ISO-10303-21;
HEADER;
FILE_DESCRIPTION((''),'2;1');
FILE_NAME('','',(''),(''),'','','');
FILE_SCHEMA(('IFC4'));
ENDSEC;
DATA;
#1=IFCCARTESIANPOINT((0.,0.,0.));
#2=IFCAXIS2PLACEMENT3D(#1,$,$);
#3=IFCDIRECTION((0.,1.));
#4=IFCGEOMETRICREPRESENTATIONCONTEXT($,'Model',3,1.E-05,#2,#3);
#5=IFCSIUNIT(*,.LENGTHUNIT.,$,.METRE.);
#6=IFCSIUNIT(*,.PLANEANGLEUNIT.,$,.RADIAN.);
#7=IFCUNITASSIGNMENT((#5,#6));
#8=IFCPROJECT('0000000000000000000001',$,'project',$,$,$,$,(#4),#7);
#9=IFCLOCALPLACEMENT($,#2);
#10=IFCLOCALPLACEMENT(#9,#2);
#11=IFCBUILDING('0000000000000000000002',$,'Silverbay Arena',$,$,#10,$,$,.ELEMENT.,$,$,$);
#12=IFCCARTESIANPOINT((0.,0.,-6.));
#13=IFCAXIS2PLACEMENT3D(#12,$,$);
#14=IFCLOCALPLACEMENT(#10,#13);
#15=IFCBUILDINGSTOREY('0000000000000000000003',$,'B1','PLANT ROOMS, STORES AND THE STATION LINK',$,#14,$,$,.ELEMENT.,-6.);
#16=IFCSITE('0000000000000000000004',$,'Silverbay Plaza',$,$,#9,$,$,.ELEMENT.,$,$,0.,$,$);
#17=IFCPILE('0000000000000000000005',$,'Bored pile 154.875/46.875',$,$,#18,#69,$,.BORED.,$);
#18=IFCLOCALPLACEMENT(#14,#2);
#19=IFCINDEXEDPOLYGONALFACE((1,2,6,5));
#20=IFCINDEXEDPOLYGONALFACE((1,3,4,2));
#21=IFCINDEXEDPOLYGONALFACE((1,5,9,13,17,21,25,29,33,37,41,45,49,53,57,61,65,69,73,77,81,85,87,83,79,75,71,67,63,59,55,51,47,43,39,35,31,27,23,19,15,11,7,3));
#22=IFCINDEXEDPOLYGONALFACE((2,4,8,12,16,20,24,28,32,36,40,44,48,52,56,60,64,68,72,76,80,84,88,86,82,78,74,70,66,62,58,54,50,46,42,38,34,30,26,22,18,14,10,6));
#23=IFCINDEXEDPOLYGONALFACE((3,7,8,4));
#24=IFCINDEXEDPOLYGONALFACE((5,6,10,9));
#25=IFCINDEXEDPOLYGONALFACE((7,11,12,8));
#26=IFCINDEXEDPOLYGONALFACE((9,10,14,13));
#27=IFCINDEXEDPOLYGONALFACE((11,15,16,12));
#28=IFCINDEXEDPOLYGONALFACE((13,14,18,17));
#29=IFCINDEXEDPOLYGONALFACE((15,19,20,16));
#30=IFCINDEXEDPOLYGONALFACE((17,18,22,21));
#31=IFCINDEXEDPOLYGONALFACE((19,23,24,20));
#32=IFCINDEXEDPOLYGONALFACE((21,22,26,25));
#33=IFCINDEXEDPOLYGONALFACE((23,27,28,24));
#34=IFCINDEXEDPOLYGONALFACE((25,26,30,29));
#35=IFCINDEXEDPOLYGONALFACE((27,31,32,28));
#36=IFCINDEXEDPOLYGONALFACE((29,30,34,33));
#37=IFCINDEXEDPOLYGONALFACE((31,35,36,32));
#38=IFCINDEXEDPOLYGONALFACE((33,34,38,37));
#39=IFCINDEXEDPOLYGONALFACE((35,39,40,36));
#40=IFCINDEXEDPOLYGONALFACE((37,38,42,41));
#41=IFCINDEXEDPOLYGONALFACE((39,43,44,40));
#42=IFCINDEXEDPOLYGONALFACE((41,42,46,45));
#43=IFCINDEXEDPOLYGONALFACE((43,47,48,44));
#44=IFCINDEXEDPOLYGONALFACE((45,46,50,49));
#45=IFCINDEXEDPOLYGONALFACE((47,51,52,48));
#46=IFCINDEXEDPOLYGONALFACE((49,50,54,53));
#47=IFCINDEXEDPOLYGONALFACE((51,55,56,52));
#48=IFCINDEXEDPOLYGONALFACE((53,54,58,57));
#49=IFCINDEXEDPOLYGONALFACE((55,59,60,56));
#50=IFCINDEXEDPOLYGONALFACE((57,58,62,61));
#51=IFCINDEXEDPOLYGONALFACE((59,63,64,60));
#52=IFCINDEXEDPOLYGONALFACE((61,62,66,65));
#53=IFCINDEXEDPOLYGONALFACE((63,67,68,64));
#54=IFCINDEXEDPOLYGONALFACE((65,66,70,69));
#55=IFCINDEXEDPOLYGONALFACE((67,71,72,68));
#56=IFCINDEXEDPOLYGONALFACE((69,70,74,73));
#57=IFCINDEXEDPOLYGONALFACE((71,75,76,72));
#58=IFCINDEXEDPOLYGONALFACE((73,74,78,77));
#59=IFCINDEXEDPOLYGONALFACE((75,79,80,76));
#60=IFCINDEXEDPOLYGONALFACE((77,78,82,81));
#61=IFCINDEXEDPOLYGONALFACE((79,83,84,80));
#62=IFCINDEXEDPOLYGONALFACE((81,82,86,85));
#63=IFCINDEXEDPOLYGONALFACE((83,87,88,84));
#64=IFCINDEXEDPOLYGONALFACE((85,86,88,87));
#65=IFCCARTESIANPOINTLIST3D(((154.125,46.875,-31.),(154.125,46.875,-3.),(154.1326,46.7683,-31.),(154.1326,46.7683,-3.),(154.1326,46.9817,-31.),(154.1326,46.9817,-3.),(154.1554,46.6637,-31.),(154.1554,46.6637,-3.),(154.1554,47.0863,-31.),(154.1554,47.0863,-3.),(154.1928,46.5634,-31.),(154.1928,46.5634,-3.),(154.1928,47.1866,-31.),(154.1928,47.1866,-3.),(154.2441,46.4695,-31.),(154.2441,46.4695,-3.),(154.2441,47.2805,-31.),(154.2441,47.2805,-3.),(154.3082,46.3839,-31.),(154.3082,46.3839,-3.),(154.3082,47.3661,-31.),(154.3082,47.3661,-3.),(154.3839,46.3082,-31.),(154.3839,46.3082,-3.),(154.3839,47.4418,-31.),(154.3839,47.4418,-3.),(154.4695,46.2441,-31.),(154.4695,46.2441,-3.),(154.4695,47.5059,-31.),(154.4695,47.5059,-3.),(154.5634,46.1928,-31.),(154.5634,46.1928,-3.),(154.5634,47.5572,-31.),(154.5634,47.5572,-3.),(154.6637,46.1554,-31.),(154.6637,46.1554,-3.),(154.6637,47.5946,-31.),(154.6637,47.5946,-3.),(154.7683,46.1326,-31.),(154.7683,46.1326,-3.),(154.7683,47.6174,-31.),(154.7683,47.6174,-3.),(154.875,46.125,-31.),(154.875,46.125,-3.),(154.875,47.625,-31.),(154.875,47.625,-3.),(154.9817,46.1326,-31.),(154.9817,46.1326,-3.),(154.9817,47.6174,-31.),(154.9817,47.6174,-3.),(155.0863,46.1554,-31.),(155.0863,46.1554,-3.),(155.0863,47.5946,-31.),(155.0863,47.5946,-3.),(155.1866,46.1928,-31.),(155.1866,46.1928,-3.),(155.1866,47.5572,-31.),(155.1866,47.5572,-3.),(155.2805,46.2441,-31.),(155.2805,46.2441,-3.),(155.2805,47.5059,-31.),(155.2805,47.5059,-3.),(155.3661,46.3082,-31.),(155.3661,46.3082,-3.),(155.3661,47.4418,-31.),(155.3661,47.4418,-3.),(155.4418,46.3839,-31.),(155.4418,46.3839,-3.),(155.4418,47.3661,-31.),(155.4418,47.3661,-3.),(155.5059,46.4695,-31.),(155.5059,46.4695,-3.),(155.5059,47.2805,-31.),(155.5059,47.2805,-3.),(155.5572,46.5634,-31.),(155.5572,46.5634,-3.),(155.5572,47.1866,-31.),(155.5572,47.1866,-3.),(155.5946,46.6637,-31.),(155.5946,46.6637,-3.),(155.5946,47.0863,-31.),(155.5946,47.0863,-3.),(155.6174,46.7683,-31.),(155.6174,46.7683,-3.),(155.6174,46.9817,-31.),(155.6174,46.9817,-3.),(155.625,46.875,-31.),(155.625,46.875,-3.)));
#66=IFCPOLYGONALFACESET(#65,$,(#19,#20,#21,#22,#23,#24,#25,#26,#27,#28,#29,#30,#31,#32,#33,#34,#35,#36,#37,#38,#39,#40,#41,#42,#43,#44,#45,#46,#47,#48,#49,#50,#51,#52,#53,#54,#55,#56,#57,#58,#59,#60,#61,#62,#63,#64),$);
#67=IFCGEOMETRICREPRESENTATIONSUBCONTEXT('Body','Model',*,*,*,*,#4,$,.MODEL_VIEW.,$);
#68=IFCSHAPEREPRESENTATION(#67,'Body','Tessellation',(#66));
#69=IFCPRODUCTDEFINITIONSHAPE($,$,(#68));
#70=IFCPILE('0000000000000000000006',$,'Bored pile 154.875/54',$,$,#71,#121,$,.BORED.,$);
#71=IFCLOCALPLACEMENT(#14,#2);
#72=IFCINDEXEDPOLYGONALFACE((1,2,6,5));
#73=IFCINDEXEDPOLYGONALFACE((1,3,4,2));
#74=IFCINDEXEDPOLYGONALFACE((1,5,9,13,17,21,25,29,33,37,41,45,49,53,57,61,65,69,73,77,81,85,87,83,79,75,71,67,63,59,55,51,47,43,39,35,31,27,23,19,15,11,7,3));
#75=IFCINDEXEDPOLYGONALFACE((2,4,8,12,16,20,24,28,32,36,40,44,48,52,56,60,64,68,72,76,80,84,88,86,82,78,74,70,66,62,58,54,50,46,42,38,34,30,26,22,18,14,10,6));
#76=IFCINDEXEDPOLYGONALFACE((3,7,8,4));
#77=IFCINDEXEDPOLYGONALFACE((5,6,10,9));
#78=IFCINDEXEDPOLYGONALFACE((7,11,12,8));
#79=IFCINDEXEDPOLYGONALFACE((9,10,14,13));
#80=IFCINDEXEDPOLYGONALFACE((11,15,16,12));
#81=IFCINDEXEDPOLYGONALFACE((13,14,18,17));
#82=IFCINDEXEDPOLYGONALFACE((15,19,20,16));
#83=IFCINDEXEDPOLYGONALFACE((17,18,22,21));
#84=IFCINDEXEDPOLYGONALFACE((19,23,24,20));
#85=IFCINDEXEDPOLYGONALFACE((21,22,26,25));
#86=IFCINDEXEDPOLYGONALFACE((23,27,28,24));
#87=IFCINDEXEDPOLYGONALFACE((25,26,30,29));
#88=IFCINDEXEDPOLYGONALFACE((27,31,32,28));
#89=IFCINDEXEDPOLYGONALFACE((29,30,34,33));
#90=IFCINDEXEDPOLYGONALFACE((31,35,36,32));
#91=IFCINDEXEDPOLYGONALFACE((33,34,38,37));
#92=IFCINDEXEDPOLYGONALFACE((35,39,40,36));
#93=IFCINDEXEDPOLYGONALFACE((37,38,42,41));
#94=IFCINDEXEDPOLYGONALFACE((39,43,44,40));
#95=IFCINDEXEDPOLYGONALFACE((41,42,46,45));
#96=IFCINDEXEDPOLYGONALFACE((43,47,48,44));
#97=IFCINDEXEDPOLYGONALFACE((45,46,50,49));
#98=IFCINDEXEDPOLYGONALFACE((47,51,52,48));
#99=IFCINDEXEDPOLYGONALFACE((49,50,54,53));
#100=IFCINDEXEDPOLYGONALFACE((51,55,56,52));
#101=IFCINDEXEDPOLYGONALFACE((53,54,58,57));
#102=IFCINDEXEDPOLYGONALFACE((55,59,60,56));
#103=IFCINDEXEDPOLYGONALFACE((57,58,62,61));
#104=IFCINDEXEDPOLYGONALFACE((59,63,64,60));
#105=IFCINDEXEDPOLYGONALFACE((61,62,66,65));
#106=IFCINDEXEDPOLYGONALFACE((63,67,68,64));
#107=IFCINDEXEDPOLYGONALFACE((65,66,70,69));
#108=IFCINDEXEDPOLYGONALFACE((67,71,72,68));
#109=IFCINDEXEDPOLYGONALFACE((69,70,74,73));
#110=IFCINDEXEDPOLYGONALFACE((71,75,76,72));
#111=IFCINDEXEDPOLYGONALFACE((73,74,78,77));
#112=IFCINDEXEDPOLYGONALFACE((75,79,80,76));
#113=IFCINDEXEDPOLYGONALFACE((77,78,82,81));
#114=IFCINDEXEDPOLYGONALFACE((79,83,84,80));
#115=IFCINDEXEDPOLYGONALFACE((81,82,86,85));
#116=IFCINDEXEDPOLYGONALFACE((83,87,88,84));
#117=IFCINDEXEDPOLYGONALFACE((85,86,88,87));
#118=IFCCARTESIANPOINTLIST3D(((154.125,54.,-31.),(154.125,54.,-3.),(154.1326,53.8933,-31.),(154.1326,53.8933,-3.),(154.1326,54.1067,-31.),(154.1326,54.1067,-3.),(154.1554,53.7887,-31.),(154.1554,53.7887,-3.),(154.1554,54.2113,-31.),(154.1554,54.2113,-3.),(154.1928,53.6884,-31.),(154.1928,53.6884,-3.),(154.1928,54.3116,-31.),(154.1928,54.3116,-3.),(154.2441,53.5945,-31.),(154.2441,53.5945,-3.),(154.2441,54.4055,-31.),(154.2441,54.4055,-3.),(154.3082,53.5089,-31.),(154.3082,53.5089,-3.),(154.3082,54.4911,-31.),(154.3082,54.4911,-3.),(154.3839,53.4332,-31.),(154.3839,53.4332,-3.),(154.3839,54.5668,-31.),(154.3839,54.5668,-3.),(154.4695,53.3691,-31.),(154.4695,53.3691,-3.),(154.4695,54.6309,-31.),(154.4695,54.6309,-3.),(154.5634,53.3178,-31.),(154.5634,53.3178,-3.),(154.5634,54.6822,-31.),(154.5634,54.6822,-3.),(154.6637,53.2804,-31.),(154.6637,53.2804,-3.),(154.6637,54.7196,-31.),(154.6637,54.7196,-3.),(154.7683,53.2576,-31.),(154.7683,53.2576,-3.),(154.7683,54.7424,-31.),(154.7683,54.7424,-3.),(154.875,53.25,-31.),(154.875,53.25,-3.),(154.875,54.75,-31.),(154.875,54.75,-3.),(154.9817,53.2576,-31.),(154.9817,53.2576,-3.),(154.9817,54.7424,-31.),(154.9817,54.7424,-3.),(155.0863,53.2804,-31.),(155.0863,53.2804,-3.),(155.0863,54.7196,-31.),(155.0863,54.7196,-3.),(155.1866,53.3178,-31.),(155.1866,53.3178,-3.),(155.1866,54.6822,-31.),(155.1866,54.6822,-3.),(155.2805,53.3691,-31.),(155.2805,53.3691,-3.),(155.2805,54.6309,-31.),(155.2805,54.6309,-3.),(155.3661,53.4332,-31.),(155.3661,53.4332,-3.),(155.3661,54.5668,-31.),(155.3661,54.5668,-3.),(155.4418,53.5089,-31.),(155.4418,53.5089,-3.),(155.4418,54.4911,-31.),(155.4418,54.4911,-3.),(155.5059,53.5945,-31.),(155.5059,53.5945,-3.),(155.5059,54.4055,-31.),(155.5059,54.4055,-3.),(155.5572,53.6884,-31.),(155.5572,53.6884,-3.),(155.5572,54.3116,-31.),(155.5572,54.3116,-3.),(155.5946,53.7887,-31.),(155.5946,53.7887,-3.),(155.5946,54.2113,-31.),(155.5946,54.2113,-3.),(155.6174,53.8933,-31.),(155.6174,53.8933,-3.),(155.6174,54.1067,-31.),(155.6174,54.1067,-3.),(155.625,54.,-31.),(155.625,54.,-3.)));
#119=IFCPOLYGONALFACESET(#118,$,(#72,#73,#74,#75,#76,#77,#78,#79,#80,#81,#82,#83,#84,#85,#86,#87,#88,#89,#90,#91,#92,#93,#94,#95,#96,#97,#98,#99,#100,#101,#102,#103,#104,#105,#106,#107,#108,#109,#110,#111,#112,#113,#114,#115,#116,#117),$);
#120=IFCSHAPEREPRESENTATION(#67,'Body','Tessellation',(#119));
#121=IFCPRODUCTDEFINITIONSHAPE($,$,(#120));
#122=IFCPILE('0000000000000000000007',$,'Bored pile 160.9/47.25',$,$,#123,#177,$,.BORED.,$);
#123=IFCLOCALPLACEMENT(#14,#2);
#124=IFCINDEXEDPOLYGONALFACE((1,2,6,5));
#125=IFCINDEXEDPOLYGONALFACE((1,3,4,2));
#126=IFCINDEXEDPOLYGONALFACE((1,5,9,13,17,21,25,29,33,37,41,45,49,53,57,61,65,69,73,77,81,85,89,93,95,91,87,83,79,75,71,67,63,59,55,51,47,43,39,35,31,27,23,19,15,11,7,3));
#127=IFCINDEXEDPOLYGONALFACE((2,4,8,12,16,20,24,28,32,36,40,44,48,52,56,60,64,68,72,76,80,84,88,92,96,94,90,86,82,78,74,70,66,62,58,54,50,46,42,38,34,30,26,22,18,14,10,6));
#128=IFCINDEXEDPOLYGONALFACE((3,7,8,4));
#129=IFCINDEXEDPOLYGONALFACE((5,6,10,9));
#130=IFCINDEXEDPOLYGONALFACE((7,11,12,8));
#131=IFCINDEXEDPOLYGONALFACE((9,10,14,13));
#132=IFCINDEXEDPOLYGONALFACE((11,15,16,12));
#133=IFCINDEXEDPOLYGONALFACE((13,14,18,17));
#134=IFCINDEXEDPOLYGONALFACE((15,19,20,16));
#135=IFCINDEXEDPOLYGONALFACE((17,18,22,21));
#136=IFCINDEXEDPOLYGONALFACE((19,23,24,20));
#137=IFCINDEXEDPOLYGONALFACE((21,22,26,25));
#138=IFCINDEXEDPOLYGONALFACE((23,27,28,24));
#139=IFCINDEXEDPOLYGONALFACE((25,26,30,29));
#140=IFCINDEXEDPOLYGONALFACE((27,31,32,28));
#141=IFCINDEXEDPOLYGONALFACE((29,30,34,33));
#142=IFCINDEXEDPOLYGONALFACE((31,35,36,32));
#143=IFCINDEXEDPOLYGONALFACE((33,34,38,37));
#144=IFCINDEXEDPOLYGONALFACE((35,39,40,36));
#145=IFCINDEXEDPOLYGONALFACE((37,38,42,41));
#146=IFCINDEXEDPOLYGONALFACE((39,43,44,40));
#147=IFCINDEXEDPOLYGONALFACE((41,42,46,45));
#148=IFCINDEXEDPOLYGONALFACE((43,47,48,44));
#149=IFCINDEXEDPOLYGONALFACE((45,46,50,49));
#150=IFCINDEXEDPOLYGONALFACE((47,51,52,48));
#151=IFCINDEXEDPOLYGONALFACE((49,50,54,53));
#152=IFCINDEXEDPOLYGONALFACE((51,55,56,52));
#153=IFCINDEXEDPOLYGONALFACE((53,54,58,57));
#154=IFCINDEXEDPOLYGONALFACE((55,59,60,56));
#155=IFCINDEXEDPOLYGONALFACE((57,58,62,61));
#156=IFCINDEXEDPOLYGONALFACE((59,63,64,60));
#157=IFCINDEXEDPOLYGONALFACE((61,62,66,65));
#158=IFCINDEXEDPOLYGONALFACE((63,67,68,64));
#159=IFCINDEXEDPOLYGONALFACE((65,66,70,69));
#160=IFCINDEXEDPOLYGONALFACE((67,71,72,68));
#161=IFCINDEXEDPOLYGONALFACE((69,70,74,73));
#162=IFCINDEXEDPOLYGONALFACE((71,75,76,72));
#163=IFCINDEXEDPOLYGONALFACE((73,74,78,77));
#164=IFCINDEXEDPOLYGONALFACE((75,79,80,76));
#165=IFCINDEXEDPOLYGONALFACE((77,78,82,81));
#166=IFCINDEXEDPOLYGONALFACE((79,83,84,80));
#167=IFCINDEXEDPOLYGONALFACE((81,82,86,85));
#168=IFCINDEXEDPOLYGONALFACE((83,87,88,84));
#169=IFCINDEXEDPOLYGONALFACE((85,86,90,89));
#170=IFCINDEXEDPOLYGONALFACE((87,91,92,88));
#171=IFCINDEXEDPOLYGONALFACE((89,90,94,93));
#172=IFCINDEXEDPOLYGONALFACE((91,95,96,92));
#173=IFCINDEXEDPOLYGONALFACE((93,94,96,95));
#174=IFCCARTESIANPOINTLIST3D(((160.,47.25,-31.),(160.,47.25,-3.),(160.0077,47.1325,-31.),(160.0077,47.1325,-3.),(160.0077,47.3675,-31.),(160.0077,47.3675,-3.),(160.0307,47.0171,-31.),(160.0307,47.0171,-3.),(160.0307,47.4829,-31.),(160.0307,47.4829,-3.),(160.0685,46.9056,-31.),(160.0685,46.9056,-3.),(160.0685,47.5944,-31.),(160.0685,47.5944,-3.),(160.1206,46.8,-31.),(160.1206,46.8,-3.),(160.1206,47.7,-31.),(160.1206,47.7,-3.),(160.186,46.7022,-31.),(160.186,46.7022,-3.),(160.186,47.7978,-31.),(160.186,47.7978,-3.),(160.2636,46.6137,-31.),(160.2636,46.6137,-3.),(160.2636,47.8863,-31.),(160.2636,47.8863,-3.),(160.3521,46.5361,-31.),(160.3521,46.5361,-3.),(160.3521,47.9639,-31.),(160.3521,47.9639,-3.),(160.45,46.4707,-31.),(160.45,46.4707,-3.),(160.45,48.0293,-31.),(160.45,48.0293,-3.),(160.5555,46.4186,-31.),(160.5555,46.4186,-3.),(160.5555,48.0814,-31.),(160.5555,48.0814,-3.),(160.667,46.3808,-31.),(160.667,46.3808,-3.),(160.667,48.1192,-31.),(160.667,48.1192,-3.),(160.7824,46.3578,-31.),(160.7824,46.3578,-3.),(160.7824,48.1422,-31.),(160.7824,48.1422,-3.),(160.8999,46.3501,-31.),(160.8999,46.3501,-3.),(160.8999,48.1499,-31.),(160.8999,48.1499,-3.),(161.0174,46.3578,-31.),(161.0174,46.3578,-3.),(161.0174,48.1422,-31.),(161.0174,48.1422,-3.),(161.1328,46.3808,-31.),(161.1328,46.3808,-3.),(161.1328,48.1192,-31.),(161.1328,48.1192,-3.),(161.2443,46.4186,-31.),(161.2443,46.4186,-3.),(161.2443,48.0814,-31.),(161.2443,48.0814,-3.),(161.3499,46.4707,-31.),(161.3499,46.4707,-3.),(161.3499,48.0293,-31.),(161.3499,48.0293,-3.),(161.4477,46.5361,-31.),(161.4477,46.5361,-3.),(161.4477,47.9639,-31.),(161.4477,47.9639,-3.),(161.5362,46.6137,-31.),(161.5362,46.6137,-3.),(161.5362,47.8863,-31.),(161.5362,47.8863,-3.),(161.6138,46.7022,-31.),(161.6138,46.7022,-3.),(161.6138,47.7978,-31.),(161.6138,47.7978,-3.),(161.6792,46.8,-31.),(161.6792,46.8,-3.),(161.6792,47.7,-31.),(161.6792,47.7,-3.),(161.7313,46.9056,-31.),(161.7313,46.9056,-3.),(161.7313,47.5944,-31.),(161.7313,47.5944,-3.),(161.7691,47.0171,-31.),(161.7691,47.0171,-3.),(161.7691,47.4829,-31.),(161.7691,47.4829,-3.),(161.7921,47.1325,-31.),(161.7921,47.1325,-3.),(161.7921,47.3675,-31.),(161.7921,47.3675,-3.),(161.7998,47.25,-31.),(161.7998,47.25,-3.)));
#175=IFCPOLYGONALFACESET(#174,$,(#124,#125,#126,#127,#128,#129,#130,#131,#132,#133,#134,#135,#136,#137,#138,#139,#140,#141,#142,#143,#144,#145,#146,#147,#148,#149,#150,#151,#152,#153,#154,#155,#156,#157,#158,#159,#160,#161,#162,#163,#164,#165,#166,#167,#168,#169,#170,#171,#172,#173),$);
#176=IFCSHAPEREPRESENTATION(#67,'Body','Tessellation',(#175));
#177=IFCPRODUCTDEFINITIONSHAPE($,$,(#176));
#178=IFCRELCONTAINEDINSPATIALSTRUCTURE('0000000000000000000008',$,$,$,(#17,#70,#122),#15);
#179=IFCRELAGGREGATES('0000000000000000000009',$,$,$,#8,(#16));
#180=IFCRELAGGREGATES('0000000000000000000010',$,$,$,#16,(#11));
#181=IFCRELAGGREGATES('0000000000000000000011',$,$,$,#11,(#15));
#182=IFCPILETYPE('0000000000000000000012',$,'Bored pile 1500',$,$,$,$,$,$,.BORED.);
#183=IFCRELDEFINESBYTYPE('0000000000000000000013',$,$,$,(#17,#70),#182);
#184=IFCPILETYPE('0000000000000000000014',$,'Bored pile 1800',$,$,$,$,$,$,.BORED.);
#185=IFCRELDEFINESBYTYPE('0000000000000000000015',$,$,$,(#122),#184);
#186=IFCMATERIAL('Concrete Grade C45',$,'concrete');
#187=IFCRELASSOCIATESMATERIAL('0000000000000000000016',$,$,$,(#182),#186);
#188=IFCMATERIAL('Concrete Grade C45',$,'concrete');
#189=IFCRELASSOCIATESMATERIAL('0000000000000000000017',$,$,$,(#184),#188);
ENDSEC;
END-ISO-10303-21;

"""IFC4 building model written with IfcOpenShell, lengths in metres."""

from ifc_helpers import new_model, si_unit, direction, frame, origin, origin_2d, place, context, subcontext, project, spatial, circle, extrude, material, material_profile, profile_set, type_object, element, save


model = new_model("IFC4")

# Units and contexts
model_context = context("Model", 3, precision=1e-05, world=origin(), true_north=direction((0.0, 1.0)))
body_context = subcontext(model_context, "Body", "Model", "MODEL_VIEW")
ifc_project = project(units=[si_unit("LENGTHUNIT", "METRE"), si_unit("PLANEANGLEUNIT", "RADIAN")], contexts=[model_context])

# Site, building, storey
site_placement = place(None, origin())
site = spatial("IfcSite", under=ifc_project, at=site_placement, Name="Silverbay Plaza", CompositionType="ELEMENT", RefElevation=0.0)
building_placement = place(site_placement, origin())
building = spatial("IfcBuilding", under=site, at=building_placement, Name="Silverbay Arena", CompositionType="ELEMENT")
storey_placement = place(building_placement, frame((0.0, 0.0, -6.0)))
storey = spatial("IfcBuildingStorey", under=building, at=storey_placement, Name="B1", Description="PLANT ROOMS, STORES AND THE STATION LINK", CompositionType="ELEMENT", Elevation=-6.0)

# Piles
ifc_material_1 = material(Name="Concrete Grade C45", Category="concrete")
ifc_material_profile_1 = material_profile(ifc_material_1, circle(Radius=0.75, at=origin_2d()), Name="Bored pile 1500")
ifc_profile_set_1 = profile_set([ifc_material_profile_1], Name="Concrete Grade C45")
pile_type_1 = type_object("IfcPileType", Name="Bored pile 1500", PredefinedType="BORED", material=ifc_profile_set_1)
for number, where, z_axis, x_axis, name in (
    (1, (154.875, 46.875, -3.0), (0.0, 0.0, -1.0), (1.0, 0.0, 0.0), "Bored pile 154.875/46.875"),
    (2, (154.875, 54.0, -3.0), (0.0, 0.0, -1.0), (1.0, 0.0, 0.0), "Bored pile 154.875/54"),
):
    element("IfcPile", number, at=place(storey_placement, frame(where, z_axis=z_axis, x_axis=x_axis)), inside=storey, type_object=pile_type_1, Name=name, PredefinedType="BORED", context=body_context, shape_type="SweptSolid", body=[
        extrude(circle(Radius=0.75, at=origin_2d()), origin(), (0.0, 0.0, 1.0), 28.0),
    ])
ifc_material_2 = material(Name="Concrete Grade C45", Category="concrete")
ifc_material_profile_2 = material_profile(ifc_material_2, circle(Radius=0.8999, at=origin_2d()), Name="Bored pile 1800")
ifc_profile_set_2 = profile_set([ifc_material_profile_2], Name="Concrete Grade C45")
pile_type_2 = type_object("IfcPileType", Name="Bored pile 1800", PredefinedType="BORED", material=ifc_profile_set_2)
for number, where, z_axis, x_axis, name in (
    (3, (160.8999, 47.25, -3.0), (0.0, 0.0, -1.0), (1.0, 0.0, 0.0), "Bored pile 160.9/47.25"),
):
    element("IfcPile", number, at=place(storey_placement, frame(where, z_axis=z_axis, x_axis=x_axis)), inside=storey, type_object=pile_type_2, Name=name, PredefinedType="BORED", context=body_context, shape_type="SweptSolid", body=[
        extrude(circle(Radius=0.8999, at=origin_2d()), origin(), (0.0, 0.0, 1.0), 28.0),
    ])

save(model, "model.ifc")
